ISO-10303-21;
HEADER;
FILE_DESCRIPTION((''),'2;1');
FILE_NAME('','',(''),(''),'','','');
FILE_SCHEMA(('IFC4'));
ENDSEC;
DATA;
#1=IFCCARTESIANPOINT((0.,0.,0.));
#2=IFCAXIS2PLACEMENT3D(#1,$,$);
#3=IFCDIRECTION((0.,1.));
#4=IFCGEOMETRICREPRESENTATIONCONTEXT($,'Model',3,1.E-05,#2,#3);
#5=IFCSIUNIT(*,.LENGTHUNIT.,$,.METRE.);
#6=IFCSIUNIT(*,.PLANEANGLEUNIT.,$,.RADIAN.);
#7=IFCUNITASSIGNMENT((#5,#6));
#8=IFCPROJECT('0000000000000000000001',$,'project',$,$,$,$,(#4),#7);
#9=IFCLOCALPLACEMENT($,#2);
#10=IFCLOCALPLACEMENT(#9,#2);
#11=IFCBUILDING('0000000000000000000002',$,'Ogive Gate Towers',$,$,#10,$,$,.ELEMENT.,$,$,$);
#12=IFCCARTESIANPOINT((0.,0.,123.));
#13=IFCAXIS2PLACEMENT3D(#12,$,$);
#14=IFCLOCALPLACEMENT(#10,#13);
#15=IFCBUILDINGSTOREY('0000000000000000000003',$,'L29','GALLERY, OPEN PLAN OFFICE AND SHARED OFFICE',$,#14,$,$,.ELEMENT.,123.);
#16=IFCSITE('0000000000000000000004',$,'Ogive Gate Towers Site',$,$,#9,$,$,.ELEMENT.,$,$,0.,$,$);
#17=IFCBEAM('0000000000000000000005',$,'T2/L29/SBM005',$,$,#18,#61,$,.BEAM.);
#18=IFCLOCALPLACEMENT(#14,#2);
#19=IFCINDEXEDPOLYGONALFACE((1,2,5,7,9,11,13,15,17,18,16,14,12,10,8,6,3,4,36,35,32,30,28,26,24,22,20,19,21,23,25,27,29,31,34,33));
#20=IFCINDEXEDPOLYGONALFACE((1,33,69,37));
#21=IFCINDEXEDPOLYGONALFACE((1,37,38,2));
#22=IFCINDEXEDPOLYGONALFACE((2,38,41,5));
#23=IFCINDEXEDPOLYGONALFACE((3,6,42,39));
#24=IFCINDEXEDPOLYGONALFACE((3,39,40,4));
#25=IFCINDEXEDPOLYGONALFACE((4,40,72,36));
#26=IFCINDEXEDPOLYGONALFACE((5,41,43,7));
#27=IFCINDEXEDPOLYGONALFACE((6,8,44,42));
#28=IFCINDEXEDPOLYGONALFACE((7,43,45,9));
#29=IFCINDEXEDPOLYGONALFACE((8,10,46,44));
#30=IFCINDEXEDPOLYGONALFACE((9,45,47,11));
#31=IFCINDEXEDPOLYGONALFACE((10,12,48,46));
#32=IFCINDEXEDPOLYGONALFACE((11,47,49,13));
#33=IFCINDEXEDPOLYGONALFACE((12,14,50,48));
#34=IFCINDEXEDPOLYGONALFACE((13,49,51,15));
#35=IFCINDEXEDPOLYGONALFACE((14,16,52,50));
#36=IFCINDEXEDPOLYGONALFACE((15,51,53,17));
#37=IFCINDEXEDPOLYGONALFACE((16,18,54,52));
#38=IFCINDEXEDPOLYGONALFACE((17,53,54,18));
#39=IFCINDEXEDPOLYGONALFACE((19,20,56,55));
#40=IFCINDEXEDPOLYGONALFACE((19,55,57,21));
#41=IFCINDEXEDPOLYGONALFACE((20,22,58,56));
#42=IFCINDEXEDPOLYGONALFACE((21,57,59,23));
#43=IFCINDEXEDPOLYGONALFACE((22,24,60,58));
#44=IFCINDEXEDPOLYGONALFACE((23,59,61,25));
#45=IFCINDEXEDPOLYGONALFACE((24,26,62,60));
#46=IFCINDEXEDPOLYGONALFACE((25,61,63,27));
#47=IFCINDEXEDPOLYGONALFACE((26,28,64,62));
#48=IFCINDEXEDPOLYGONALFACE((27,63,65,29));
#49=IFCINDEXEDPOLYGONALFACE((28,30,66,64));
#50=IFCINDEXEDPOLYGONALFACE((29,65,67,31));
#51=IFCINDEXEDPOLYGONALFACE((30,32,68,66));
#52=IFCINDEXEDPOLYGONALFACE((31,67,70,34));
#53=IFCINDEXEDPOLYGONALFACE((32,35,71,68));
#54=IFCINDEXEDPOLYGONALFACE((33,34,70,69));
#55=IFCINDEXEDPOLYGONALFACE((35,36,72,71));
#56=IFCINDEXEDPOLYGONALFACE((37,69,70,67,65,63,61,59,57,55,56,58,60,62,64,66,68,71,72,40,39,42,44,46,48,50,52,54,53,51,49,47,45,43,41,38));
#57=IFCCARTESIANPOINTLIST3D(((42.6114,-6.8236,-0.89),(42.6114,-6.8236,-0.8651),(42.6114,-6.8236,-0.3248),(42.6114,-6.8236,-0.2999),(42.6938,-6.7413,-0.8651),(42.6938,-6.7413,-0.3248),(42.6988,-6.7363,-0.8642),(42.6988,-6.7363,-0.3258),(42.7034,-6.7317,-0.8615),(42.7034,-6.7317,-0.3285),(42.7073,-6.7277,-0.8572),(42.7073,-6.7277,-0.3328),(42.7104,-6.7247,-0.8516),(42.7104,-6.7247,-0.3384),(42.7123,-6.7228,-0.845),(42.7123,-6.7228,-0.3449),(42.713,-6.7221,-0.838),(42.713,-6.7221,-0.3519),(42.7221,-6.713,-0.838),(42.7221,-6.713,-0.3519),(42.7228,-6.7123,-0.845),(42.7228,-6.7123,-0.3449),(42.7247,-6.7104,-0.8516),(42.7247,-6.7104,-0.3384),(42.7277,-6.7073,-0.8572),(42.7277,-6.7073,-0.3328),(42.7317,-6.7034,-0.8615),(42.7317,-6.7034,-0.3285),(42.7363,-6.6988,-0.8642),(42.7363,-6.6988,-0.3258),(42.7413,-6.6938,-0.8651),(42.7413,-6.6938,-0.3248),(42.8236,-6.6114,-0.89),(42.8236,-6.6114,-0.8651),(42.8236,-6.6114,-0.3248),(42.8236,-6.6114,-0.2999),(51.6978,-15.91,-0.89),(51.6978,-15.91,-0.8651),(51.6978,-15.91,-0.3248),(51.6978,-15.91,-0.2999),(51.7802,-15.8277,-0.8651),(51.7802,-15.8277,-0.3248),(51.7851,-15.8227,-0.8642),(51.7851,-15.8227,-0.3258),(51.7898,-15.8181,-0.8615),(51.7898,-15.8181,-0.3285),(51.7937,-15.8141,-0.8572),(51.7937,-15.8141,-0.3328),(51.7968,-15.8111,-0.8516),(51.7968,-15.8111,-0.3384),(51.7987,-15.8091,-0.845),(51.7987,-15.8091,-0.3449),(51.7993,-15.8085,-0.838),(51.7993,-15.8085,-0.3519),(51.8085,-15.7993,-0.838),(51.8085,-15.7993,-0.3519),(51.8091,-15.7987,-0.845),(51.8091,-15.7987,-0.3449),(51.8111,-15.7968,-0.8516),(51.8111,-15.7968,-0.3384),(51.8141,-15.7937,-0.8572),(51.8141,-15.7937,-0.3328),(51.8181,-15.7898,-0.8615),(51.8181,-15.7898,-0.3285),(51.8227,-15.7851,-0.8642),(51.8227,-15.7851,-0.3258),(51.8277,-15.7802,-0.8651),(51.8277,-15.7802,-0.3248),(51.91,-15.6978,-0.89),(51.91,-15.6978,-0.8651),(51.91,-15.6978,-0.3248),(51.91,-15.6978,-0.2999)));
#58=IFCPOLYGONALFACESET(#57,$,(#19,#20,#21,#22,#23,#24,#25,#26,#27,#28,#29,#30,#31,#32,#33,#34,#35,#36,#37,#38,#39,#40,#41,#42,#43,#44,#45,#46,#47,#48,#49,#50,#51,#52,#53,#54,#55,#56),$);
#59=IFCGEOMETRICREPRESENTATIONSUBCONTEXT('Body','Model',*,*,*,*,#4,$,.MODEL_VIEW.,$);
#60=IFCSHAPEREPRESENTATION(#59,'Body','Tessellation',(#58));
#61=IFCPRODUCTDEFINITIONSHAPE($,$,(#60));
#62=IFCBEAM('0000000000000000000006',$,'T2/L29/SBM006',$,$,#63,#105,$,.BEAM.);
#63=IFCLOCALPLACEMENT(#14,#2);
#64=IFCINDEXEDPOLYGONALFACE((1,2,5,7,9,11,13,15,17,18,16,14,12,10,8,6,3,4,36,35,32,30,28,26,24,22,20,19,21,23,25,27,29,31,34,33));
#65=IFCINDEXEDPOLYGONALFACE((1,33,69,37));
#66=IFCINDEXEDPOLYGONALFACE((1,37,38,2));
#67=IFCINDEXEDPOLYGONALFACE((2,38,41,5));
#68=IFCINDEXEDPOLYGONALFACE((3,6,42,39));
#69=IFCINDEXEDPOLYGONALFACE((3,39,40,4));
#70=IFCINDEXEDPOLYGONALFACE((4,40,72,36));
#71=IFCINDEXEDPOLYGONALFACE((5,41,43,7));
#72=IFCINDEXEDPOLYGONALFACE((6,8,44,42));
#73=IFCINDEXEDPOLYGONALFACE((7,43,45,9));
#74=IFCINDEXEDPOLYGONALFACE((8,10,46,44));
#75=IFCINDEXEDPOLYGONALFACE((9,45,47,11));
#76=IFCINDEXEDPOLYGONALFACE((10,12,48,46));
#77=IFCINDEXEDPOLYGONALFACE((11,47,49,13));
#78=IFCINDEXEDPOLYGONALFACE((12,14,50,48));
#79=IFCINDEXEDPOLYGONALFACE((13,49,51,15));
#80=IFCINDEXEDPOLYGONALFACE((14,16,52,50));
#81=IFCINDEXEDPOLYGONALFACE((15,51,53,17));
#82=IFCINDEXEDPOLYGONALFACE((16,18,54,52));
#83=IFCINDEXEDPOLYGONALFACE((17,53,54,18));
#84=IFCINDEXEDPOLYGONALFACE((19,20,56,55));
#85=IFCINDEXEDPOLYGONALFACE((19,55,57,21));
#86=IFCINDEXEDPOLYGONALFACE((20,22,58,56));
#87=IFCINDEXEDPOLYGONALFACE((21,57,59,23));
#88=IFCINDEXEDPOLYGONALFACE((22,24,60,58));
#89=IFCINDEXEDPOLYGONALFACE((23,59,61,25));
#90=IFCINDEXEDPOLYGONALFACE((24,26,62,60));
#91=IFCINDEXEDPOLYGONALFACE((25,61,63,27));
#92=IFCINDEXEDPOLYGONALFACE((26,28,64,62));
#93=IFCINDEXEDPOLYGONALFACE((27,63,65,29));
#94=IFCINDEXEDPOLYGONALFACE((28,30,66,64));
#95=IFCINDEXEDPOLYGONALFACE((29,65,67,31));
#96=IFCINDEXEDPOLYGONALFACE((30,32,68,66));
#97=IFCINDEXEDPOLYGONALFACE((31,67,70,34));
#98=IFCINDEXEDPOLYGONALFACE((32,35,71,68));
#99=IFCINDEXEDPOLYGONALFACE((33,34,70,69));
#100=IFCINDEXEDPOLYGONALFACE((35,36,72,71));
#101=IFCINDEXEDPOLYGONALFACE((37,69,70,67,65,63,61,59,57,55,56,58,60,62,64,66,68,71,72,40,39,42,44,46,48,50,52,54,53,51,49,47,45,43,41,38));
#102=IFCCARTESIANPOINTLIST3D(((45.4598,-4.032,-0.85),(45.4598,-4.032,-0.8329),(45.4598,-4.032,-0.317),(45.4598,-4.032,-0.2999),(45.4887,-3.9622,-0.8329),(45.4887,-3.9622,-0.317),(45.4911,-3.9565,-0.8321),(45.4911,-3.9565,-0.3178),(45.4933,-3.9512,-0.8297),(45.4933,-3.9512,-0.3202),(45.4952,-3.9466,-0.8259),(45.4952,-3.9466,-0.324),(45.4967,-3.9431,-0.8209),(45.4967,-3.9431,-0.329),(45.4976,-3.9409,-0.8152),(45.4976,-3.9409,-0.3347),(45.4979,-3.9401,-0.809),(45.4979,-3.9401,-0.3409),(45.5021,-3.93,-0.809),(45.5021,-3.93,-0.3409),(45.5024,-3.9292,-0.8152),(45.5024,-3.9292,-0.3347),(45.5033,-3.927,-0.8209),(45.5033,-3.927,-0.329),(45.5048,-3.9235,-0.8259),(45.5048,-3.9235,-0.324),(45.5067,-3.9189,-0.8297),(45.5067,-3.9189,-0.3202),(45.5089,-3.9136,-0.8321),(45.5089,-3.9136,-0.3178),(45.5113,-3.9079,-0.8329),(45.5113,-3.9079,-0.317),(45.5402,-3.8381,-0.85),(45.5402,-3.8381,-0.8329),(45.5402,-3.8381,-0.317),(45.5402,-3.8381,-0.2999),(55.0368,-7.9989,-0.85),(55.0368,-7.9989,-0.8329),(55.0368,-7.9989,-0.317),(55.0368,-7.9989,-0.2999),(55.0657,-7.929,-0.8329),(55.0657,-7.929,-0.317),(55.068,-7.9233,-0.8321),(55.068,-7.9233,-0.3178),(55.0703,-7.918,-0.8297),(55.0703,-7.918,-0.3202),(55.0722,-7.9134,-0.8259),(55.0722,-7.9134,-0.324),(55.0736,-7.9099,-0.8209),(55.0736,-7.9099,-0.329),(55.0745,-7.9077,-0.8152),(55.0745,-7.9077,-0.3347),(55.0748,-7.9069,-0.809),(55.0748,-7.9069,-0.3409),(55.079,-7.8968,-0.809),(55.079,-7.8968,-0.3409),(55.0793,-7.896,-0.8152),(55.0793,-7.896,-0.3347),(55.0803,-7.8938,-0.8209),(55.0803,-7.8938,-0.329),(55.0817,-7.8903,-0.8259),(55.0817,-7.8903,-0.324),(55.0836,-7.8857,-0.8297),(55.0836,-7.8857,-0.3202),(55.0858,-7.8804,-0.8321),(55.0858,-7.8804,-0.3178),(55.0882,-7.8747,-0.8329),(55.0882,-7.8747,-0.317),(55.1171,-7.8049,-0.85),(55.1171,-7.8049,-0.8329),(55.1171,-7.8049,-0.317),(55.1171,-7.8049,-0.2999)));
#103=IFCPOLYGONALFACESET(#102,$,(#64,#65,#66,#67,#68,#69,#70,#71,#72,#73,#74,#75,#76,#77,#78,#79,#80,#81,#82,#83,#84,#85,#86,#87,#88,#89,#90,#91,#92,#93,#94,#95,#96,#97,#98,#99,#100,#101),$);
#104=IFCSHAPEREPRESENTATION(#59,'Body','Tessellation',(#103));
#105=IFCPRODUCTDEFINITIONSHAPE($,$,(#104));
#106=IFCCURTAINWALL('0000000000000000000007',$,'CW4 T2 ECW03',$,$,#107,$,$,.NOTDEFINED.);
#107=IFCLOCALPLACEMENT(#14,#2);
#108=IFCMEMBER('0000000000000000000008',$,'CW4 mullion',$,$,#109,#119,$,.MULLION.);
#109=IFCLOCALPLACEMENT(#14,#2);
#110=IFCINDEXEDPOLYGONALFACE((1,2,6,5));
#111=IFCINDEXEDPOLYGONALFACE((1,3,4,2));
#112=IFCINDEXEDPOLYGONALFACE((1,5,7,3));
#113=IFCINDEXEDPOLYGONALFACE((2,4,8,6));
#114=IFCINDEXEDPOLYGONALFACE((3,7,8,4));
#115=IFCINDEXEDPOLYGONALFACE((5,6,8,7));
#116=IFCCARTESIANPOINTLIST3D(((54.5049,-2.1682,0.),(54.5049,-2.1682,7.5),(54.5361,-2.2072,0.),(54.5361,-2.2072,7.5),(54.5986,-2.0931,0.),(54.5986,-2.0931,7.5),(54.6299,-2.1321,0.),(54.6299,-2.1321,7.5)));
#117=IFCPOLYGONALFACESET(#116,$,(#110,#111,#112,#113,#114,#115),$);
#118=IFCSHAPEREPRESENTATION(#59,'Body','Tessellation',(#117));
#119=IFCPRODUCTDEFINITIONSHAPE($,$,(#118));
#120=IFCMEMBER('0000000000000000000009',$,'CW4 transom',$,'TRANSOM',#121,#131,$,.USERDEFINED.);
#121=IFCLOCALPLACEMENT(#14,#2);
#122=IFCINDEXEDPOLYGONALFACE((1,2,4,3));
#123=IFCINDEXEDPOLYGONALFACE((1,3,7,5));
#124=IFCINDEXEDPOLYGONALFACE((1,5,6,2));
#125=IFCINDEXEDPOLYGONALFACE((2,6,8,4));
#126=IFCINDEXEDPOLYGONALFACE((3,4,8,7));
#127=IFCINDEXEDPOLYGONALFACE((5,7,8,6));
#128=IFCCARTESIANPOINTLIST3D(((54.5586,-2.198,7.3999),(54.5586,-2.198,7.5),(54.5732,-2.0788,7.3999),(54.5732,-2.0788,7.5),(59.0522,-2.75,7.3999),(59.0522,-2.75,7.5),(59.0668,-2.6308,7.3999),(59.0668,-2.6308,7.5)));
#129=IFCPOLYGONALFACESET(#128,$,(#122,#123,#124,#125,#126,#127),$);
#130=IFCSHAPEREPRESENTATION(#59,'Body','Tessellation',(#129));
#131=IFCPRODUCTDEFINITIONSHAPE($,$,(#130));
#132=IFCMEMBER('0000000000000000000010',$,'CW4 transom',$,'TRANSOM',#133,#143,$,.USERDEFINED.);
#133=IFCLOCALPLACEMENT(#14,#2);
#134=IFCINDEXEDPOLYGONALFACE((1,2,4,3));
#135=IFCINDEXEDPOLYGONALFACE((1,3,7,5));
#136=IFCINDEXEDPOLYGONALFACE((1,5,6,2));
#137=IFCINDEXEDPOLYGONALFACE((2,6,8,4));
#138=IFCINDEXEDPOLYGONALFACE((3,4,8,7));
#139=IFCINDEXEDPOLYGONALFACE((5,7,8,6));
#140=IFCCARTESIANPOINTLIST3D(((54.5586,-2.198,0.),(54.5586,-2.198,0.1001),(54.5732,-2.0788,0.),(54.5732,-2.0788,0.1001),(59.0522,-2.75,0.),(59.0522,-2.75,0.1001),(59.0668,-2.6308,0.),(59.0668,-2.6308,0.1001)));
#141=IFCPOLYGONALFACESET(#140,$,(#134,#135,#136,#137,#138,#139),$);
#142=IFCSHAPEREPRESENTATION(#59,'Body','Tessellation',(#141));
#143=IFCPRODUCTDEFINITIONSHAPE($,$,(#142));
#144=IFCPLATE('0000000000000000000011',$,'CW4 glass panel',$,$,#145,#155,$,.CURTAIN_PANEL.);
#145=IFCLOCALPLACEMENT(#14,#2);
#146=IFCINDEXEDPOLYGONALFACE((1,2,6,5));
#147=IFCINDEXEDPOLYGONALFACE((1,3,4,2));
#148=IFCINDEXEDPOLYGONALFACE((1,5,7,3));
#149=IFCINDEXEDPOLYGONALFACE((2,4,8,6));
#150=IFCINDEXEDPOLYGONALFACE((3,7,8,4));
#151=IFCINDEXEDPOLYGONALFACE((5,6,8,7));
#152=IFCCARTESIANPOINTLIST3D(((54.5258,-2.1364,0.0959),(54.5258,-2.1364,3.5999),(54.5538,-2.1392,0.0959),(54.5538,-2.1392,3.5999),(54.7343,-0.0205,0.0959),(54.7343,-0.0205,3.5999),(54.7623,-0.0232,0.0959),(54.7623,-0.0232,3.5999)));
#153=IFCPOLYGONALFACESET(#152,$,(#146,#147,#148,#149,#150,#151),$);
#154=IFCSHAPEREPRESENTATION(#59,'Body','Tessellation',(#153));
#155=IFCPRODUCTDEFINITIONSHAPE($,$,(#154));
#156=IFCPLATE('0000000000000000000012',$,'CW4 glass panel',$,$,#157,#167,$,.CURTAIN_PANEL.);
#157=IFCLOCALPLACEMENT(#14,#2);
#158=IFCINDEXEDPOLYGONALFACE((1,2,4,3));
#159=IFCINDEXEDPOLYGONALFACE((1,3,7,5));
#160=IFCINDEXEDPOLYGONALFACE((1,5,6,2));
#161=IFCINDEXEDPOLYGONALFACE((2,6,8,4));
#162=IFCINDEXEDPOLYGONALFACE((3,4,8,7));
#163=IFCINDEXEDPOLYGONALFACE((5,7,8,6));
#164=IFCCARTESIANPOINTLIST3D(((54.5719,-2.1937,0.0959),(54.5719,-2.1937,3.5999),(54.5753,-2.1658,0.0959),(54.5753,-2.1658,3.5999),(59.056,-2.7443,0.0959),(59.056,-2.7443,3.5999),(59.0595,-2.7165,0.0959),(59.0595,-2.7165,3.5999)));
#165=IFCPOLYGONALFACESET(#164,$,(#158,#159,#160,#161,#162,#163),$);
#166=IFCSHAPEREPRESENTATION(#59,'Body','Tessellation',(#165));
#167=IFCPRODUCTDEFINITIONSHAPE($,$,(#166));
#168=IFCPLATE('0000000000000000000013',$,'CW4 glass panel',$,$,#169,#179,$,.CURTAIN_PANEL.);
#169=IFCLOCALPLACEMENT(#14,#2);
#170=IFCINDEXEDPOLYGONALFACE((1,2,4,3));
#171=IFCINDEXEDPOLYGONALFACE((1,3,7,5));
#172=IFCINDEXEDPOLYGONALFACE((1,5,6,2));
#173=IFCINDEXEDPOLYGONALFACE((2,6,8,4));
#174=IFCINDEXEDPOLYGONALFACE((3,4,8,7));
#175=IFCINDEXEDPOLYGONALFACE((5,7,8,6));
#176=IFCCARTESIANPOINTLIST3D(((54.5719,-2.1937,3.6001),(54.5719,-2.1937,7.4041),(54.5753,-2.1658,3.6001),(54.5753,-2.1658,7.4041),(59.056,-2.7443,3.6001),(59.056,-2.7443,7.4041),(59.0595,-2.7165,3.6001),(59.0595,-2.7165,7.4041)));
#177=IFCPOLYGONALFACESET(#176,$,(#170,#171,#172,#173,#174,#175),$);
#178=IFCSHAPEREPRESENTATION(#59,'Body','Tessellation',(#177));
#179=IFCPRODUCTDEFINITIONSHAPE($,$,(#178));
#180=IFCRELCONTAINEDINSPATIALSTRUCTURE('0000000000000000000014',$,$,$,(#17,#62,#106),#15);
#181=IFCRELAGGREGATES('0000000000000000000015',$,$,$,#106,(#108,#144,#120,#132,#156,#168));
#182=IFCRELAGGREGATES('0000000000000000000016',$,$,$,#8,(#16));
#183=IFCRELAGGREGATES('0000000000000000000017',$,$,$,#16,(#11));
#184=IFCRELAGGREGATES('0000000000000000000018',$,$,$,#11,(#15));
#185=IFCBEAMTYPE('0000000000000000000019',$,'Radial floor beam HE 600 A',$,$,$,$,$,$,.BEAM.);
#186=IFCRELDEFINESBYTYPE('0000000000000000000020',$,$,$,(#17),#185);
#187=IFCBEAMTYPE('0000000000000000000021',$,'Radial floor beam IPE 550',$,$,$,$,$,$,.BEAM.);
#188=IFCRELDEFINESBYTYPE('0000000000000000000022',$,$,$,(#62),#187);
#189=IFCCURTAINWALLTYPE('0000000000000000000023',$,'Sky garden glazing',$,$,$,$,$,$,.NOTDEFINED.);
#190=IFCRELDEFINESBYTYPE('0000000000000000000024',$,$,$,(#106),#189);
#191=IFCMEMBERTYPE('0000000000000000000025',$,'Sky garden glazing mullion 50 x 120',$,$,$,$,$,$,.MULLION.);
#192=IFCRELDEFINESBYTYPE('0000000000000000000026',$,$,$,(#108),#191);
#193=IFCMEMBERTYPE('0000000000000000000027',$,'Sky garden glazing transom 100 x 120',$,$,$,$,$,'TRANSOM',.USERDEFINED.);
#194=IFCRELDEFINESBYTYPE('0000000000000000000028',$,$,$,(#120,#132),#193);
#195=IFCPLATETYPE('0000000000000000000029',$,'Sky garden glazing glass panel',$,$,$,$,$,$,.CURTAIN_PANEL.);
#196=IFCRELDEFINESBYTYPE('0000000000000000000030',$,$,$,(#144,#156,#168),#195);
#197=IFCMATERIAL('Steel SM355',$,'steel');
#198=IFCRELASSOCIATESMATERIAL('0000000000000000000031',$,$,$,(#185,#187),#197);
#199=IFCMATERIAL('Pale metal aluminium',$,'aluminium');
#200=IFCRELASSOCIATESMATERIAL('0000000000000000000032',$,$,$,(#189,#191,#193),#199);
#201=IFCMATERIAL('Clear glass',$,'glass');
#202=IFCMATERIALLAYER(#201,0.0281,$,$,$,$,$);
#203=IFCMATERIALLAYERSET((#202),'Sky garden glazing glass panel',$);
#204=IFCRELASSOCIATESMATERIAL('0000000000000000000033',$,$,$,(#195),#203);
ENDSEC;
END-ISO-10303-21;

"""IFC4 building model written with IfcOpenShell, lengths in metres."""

from ifc_helpers import new_model, si_unit, direction, frame, origin, origin_2d, place, context, subcontext, project, spatial, rectangle, i_section, extrude, material, layer, layer_set, material_profile, profile_set, type_object, element, aggregate, save


model = new_model("IFC4")

# Units and contexts
model_context = context("Model", 3, precision=1e-05, world=origin(), true_north=direction((0.0, 1.0)))
body_context = subcontext(model_context, "Body", "Model", "MODEL_VIEW")
ifc_project = project(units=[si_unit("LENGTHUNIT", "METRE"), si_unit("PLANEANGLEUNIT", "RADIAN")], contexts=[model_context])

# Site, building, storey
site_placement = place(None, origin())
site = spatial("IfcSite", under=ifc_project, at=site_placement, Name="Ogive Gate Towers Site", CompositionType="ELEMENT", RefElevation=0.0)
building_placement = place(site_placement, origin())
building = spatial("IfcBuilding", under=site, at=building_placement, Name="Ogive Gate Towers", CompositionType="ELEMENT")
storey_placement = place(building_placement, frame((0.0, 0.0, 123.0)))
storey = spatial("IfcBuildingStorey", under=building, at=storey_placement, Name="L29", Description="GALLERY, OPEN PLAN OFFICE AND SHARED OFFICE", CompositionType="ELEMENT", Elevation=123.0)

# Beams
ifc_material_1 = material(Name="Steel SM355", Category="steel")
ifc_material_profile_1 = material_profile(ifc_material_1, i_section(OverallWidth=0.3, OverallDepth=0.5901, WebThickness=0.0129, FlangeThickness=0.0249, FilletRadius=0.0271, at=origin_2d()), Name="HE 600 A")
ifc_profile_set_1 = profile_set([ifc_material_profile_1], Name="Steel SM355")
beam_type_1 = type_object("IfcBeamType", Name="Radial floor beam HE 600 A", PredefinedType="BEAM", material=ifc_profile_set_1)
beam_1_placement = place(storey_placement, frame((42.7175, -6.7175, -0.595), z_axis=(0.707107, -0.707107, 0.0), x_axis=(0.707107, 0.707107, 0.0)))
element("IfcBeam", 1, at=beam_1_placement, inside=storey, type_object=beam_type_1, Name="T2/L29/SBM005", PredefinedType="BEAM", context=body_context, shape_type="SweptSolid", body=[
    extrude(i_section(OverallWidth=0.3, OverallDepth=0.5901, WebThickness=0.0129, FlangeThickness=0.0249, FilletRadius=0.0271, at=origin_2d()), origin(), (0.0, 0.0, 1.0), 12.8501),
])
ifc_material_profile_2 = material_profile(ifc_material_1, i_section(OverallWidth=0.21, OverallDepth=0.55, WebThickness=0.011, FlangeThickness=0.0171, FilletRadius=0.0239, at=origin_2d()), Name="IPE 550")
ifc_profile_set_2 = profile_set([ifc_material_profile_2], Name="Steel SM355")
beam_type_2 = type_object("IfcBeamType", Name="Radial floor beam IPE 550", PredefinedType="BEAM", material=ifc_profile_set_2)
beam_2_placement = place(storey_placement, frame((45.5, -3.9351, -0.575), z_axis=(0.923882, -0.382676, 0.0), x_axis=(0.382676, 0.923882, 0.0)))
element("IfcBeam", 2, at=beam_2_placement, inside=storey, type_object=beam_type_2, Name="T2/L29/SBM006", PredefinedType="BEAM", context=body_context, shape_type="SweptSolid", body=[
    extrude(i_section(OverallWidth=0.21, OverallDepth=0.55, WebThickness=0.011, FlangeThickness=0.0171, FilletRadius=0.0239, at=origin_2d()), origin(), (0.0, 0.0, 1.0), 10.366),
])

# Curtain wall, members, plates
ifc_material_2 = material(Name="Pale metal aluminium", Category="aluminium")
curtain_wall_type = type_object("IfcCurtainWallType", Name="Sky garden glazing", PredefinedType="NOTDEFINED", material=ifc_material_2)
curtain_wall_placement = place(storey_placement, origin())
curtain_wall = element("IfcCurtainWall", 3, at=curtain_wall_placement, inside=storey, type_object=curtain_wall_type, Name="CW4 T2 ECW03", PredefinedType="NOTDEFINED")
ifc_material_profile_3 = material_profile(ifc_material_2, rectangle(XDim=0.1201, YDim=0.05, at=origin_2d()), Name="50 x 120 aluminium box")
ifc_profile_set_3 = profile_set([ifc_material_profile_3], Name="Pale metal aluminium")
member_type_1 = type_object("IfcMemberType", Name="Sky garden glazing mullion 50 x 120", PredefinedType="MULLION", material=ifc_profile_set_3)
member_1_placement = place(storey_placement, frame((54.5674, -2.1501, 0.0), z_axis=(0.0, 0.0, 1.0), x_axis=(-0.780583, -0.625052, 0.0)))
member_1 = element("IfcMember", 4, at=member_1_placement, type_object=member_type_1, Name="CW4 mullion", PredefinedType="MULLION", context=body_context, shape_type="SweptSolid", body=[
    extrude(rectangle(XDim=0.1201, YDim=0.05, at=origin_2d()), origin(), (0.0, 0.0, 1.0), 7.5),
])
ifc_material_profile_4 = material_profile(ifc_material_2, rectangle(XDim=0.1201, YDim=0.1001, at=origin_2d()), Name="100 x 120 aluminium box")
ifc_profile_set_4 = profile_set([ifc_material_profile_4], Name="Pale metal aluminium")
member_type_2 = type_object("IfcMemberType", Name="Sky garden glazing transom 100 x 120", ElementType="TRANSOM", PredefinedType="USERDEFINED", material=ifc_profile_set_4)
member_2_placement = place(storey_placement, frame((54.5659, -2.1384, 7.45), z_axis=(0.992539, -0.121924, 0.0), x_axis=(0.121924, 0.992539, 0.0)))
member_2 = element("IfcMember", 5, at=member_2_placement, type_object=member_type_2, Name="CW4 transom", ObjectType="TRANSOM", PredefinedType="USERDEFINED", context=body_context, shape_type="SweptSolid", body=[
    extrude(rectangle(XDim=0.1201, YDim=0.1001, at=origin_2d()), origin(), (0.0, 0.0, 1.0), 4.5273),
])
member_3_placement = place(storey_placement, frame((54.5659, -2.1384, 0.05), z_axis=(0.992539, -0.121924, 0.0), x_axis=(0.121924, 0.992539, 0.0)))
member_3 = element("IfcMember", 6, at=member_3_placement, type_object=member_type_2, Name="CW4 transom", ObjectType="TRANSOM", PredefinedType="USERDEFINED", context=body_context, shape_type="SweptSolid", body=[
    extrude(rectangle(XDim=0.1201, YDim=0.1001, at=origin_2d()), origin(), (0.0, 0.0, 1.0), 4.5273),
])
ifc_material_3 = material(Name="Clear glass", Category="glass")
ifc_layer_1 = layer(ifc_material_3, 0.0281)
ifc_layer_set_1 = layer_set([ifc_layer_1], Name="Sky garden glazing glass panel")
plate_type = type_object("IfcPlateType", Name="Sky garden glazing glass panel", PredefinedType="CURTAIN_PANEL", material=ifc_layer_set_1)
plate_1_placement = place(storey_placement, frame((54.644, -1.0798, 0.0959), z_axis=(0.0, 0.0, 1.0), x_axis=(-0.098052, -0.995181, 0.0)))
plate_1 = element("IfcPlate", 7, at=plate_1_placement, type_object=plate_type, Name="CW4 glass panel", PredefinedType="CURTAIN_PANEL", context=body_context, shape_type="SweptSolid", body=[
    extrude(rectangle(XDim=2.1262, YDim=0.0281, at=origin_2d()), origin(), (0.0, 0.0, 1.0), 3.5039),
])
plate_2_placement = place(storey_placement, frame((56.8157, -2.4551, 0.0959), z_axis=(0.0, 0.0, 1.0), x_axis=(0.992544, -0.121887, 0.0)))
plate_2 = element("IfcPlate", 8, at=plate_2_placement, type_object=plate_type, Name="CW4 glass panel", PredefinedType="CURTAIN_PANEL", context=body_context, shape_type="SweptSolid", body=[
    extrude(rectangle(XDim=4.5178, YDim=0.0281, at=origin_2d()), origin(), (0.0, 0.0, 1.0), 3.5039),
])
plate_3_placement = place(storey_placement, frame((56.8157, -2.4551, 3.6001), z_axis=(0.0, 0.0, 1.0), x_axis=(0.992544, -0.121887, 0.0)))
plate_3 = element("IfcPlate", 9, at=plate_3_placement, type_object=plate_type, Name="CW4 glass panel", PredefinedType="CURTAIN_PANEL", context=body_context, shape_type="SweptSolid", body=[
    extrude(rectangle(XDim=4.5178, YDim=0.0281, at=origin_2d()), origin(), (0.0, 0.0, 1.0), 3.804),
])
aggregate(curtain_wall, [member_1, plate_1, member_2, member_3, plate_2, plate_3])

save(model, "model.ifc")
